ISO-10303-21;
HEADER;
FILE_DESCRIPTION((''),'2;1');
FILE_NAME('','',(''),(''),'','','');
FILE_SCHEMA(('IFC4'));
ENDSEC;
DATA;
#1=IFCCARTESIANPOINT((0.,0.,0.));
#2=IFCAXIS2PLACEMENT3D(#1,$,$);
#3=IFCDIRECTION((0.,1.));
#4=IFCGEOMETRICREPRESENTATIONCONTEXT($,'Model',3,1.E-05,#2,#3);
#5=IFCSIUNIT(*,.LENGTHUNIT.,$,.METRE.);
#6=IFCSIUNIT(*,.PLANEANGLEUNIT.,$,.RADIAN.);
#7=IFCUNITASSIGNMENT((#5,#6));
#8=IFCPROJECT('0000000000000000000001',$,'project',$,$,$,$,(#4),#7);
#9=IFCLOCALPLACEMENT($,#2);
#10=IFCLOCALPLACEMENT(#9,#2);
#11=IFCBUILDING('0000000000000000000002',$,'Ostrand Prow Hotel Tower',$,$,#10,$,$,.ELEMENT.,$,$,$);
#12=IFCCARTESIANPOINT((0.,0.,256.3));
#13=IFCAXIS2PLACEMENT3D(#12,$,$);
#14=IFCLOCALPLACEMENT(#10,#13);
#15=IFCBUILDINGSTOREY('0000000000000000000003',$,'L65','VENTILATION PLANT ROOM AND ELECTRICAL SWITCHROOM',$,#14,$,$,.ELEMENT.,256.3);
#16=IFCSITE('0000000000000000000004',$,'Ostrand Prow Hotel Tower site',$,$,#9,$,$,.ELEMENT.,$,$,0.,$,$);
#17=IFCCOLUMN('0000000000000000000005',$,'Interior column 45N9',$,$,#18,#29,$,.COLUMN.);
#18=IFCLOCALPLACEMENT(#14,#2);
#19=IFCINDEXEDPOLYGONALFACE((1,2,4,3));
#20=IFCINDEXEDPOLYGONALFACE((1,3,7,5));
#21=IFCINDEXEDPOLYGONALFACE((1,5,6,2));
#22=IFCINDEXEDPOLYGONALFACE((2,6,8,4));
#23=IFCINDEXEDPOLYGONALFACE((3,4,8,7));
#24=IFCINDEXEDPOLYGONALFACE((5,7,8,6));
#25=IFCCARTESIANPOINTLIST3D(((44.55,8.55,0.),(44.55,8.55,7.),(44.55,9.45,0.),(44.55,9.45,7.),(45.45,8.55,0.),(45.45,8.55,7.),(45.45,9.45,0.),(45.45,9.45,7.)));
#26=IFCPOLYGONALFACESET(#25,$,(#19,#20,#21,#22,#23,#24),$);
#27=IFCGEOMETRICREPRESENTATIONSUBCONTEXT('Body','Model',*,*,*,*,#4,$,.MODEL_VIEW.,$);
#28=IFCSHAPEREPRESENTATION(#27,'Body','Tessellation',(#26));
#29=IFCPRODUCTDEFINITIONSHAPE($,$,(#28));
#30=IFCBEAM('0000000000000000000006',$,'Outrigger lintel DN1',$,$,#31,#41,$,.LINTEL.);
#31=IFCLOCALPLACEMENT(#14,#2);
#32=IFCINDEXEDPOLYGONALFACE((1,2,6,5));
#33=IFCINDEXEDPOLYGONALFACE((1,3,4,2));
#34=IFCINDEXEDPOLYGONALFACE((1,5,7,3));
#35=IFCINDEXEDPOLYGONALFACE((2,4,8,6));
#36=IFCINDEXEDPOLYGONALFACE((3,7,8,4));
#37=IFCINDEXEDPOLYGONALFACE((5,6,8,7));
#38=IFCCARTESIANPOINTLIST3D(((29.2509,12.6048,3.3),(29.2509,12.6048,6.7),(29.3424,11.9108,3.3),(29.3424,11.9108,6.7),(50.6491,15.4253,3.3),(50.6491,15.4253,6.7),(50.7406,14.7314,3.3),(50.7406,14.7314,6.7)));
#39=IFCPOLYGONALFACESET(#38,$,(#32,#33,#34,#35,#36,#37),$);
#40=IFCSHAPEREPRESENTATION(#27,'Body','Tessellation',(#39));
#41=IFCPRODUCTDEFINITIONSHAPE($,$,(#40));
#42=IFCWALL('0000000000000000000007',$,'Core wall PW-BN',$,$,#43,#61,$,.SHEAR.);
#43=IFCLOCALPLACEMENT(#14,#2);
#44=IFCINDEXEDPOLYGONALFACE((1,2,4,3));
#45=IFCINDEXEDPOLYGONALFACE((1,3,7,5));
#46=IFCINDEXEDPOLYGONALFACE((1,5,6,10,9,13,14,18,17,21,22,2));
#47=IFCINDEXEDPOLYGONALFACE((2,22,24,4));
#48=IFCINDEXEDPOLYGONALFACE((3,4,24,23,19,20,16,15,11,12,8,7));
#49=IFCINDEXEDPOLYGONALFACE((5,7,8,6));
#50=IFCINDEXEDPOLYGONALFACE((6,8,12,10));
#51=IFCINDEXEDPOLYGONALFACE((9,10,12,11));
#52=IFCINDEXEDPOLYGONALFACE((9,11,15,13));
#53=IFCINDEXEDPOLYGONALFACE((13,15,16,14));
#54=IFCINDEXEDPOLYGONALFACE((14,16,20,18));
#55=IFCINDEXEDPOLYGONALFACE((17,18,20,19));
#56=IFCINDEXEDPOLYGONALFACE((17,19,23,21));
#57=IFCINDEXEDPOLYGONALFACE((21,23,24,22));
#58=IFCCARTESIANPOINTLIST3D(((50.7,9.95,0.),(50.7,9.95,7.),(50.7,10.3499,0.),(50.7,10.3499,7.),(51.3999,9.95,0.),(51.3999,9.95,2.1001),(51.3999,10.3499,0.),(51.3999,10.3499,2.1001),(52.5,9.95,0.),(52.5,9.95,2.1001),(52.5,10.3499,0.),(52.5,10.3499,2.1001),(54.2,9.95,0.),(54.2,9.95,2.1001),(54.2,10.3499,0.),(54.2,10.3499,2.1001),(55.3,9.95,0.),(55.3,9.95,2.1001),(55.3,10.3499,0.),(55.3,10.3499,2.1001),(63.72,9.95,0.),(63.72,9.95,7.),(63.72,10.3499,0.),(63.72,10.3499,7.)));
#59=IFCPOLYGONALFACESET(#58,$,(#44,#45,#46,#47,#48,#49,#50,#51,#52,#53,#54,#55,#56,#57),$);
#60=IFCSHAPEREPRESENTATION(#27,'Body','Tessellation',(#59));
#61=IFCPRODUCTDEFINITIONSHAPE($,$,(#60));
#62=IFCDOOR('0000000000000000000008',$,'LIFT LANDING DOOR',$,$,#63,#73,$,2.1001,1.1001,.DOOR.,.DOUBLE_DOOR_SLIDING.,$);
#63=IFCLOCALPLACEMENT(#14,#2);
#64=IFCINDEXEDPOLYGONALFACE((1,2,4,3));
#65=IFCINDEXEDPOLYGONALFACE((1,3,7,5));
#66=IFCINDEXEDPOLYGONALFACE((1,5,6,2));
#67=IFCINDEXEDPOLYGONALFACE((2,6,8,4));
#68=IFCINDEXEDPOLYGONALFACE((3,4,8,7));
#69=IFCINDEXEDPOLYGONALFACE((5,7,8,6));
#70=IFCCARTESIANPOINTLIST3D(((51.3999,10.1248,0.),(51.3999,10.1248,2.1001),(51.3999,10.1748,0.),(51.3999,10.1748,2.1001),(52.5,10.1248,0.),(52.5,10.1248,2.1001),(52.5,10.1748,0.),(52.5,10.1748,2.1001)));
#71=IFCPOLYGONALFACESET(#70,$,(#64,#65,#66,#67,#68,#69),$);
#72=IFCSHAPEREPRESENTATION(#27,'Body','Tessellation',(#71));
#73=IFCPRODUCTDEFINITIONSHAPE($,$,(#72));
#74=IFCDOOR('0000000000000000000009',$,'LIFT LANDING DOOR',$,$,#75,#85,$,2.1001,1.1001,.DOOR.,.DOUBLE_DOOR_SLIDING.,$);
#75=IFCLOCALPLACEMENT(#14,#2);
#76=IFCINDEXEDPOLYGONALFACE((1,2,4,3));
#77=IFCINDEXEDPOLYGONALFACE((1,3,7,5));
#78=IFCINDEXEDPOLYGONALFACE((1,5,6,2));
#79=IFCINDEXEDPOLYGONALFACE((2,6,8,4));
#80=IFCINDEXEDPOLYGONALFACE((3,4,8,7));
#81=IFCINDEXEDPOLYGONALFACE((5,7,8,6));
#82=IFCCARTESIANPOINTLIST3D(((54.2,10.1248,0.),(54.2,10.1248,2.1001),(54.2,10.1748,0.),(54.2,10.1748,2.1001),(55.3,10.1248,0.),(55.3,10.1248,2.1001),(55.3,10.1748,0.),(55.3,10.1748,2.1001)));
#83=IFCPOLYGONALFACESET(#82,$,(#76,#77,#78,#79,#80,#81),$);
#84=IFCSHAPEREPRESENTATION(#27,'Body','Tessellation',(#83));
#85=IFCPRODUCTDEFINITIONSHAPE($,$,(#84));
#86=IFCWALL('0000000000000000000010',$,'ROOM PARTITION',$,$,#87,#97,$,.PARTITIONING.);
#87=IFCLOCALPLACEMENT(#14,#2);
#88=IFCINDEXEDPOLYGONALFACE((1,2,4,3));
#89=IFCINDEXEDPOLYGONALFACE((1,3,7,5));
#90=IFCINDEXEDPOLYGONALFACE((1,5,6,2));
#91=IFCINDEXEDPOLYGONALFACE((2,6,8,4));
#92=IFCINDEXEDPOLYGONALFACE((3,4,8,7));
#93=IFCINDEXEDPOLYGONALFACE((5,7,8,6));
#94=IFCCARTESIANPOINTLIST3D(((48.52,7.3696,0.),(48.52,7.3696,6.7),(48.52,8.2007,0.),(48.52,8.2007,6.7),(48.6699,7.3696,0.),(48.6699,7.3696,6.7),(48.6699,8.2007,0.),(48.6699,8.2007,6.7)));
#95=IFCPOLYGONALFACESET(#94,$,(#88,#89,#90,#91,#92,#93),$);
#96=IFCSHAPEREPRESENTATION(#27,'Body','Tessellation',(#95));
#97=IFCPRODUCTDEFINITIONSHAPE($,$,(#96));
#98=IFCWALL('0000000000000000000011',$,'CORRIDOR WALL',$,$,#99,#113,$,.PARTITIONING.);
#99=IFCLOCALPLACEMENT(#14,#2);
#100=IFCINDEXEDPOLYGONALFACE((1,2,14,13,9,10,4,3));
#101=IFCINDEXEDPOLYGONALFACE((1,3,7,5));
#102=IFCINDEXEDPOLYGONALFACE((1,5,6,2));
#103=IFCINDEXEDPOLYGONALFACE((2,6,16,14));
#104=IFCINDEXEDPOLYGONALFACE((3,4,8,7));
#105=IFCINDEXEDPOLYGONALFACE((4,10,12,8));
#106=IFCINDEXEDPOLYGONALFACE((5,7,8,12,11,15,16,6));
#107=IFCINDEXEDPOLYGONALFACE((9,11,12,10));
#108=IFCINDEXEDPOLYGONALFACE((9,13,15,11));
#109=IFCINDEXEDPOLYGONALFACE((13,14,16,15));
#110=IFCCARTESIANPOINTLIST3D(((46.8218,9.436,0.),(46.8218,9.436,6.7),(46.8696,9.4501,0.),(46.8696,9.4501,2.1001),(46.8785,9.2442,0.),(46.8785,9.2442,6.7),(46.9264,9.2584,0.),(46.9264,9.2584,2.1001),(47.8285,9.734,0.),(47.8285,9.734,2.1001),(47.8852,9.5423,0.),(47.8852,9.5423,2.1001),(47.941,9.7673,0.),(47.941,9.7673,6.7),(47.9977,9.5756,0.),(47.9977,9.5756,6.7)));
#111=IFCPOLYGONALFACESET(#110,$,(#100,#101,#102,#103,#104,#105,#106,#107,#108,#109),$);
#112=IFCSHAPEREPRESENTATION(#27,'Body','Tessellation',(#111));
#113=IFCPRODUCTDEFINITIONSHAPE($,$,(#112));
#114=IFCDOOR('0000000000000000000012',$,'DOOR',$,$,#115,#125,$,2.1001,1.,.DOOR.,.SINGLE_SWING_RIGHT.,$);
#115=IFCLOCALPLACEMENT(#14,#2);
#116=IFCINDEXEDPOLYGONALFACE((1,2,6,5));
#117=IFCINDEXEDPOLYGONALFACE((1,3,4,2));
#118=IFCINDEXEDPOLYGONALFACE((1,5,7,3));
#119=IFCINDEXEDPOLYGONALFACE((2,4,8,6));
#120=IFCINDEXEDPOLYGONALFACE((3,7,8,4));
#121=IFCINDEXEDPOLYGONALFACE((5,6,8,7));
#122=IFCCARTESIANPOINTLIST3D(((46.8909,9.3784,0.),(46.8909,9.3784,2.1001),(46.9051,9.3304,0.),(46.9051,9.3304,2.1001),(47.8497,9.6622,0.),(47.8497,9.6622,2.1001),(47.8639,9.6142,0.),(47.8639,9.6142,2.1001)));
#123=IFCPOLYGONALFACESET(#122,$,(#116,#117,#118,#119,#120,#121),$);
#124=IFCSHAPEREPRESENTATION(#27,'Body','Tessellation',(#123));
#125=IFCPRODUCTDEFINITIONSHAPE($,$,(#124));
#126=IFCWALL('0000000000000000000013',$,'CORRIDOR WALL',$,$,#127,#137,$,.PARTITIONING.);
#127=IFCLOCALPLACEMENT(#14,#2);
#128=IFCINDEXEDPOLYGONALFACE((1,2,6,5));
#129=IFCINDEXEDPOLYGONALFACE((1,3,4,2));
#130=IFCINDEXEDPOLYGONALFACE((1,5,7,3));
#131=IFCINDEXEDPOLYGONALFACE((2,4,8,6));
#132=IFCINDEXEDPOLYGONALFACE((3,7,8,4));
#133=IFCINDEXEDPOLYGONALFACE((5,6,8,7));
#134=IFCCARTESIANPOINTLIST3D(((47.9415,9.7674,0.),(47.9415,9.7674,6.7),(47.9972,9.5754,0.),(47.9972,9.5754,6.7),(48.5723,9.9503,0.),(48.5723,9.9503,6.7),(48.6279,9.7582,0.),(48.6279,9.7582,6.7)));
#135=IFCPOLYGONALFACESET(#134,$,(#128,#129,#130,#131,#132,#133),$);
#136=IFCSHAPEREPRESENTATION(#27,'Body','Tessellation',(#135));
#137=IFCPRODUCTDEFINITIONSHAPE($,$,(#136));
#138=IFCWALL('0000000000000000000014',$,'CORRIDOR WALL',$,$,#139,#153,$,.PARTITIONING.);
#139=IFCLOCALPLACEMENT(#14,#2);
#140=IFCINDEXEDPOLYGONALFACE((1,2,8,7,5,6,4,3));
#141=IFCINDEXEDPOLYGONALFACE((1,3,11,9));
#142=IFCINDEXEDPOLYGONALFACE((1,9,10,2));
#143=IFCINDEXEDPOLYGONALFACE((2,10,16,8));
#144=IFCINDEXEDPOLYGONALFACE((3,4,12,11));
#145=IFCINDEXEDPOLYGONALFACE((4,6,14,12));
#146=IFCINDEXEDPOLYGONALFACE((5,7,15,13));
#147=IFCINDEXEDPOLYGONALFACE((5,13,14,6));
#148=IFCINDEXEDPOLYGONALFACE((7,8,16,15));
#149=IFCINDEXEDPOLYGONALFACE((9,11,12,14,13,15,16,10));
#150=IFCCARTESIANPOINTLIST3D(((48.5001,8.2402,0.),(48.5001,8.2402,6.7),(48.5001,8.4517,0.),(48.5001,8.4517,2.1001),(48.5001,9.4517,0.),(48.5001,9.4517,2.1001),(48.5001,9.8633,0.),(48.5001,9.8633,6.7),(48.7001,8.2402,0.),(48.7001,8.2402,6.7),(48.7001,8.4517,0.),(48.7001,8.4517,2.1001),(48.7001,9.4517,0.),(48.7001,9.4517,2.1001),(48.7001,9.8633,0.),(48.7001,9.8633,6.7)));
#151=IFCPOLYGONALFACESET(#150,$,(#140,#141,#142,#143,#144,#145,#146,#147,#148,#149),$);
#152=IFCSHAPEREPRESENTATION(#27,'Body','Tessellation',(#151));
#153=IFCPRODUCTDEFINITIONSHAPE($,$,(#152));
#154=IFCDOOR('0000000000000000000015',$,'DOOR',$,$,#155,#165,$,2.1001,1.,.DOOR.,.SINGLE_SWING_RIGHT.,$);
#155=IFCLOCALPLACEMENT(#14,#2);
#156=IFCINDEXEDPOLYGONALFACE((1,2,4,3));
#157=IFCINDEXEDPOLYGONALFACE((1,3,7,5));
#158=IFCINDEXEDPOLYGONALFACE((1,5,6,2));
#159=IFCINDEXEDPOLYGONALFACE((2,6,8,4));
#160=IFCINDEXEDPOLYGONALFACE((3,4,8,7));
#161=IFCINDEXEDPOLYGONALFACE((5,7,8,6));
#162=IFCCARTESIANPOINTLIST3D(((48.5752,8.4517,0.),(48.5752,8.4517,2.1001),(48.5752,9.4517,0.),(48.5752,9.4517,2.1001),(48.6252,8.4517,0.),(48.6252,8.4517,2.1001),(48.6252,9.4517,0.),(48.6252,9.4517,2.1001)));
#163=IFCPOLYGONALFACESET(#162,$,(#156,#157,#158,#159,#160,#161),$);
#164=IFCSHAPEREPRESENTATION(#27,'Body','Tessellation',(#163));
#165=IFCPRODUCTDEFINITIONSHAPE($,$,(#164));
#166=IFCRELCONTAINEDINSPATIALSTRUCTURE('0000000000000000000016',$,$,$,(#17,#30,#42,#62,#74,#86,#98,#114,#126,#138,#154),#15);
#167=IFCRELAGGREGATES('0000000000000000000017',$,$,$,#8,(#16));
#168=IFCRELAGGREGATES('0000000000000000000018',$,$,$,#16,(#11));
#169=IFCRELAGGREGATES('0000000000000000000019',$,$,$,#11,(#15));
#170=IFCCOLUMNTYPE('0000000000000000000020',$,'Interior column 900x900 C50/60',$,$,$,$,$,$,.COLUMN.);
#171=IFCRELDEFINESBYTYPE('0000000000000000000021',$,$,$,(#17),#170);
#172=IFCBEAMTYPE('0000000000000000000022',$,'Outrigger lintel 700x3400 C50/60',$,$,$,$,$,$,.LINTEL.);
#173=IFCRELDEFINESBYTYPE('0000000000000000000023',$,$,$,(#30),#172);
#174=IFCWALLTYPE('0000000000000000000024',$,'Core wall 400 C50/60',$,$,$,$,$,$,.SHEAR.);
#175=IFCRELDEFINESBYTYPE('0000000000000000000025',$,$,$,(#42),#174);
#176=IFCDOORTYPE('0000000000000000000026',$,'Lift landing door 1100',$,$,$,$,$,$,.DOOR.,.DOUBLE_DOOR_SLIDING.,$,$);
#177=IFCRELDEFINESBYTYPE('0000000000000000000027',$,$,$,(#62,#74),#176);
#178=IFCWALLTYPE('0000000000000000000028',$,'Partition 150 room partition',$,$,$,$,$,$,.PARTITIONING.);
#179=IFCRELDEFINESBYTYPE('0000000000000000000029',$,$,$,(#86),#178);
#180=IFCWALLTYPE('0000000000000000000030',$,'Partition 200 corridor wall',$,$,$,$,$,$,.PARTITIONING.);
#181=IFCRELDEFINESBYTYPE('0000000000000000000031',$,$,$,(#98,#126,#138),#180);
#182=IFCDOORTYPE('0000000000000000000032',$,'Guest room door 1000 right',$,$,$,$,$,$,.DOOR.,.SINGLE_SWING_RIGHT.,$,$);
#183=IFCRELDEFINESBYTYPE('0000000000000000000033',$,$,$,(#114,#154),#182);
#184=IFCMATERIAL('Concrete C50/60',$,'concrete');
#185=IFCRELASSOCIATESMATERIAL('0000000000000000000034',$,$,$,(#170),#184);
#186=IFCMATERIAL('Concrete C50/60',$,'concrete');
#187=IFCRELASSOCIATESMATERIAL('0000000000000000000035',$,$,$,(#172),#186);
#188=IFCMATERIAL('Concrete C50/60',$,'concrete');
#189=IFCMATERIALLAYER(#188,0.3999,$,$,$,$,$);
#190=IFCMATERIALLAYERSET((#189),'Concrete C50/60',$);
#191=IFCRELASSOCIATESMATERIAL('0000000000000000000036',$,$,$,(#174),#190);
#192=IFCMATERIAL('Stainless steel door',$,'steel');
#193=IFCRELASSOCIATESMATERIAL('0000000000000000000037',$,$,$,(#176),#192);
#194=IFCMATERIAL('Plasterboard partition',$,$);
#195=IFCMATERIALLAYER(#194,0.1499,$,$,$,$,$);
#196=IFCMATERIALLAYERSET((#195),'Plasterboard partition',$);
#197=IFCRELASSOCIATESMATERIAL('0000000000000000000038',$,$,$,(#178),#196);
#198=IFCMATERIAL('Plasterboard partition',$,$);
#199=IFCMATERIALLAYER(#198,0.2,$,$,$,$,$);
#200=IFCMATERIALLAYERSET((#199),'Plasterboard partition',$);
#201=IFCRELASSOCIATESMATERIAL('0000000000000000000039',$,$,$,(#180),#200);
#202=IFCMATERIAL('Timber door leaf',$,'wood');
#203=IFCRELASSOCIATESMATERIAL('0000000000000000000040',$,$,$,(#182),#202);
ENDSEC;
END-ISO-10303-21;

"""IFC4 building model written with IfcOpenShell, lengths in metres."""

from ifc_helpers import new_model, si_unit, direction, frame, frame_2d, origin, origin_2d, place, context, subcontext, project, spatial, rectangle, extrude, material, layer, layer_set, material_profile, profile_set, type_object, element, fill, save


model = new_model("IFC4")

# Units and contexts
model_context = context("Model", 3, precision=1e-05, world=origin(), true_north=direction((0.0, 1.0)))
body_context = subcontext(model_context, "Body", "Model", "MODEL_VIEW")
ifc_project = project(units=[si_unit("LENGTHUNIT", "METRE"), si_unit("PLANEANGLEUNIT", "RADIAN")], contexts=[model_context])

# Site, building, storey
site_placement = place(None, origin())
site = spatial("IfcSite", under=ifc_project, at=site_placement, Name="Ostrand Prow Hotel Tower site", CompositionType="ELEMENT", RefElevation=0.0)
building_placement = place(site_placement, origin())
building = spatial("IfcBuilding", under=site, at=building_placement, Name="Ostrand Prow Hotel Tower", CompositionType="ELEMENT")
storey_placement = place(building_placement, frame((0.0, 0.0, 256.3)))
storey = spatial("IfcBuildingStorey", under=building, at=storey_placement, Name="L65", Description="VENTILATION PLANT ROOM AND ELECTRICAL SWITCHROOM", CompositionType="ELEMENT", Elevation=256.3)

# Column
ifc_material_1 = material(Name="Concrete C50/60", Category="concrete")
ifc_material_profile_1 = material_profile(ifc_material_1, rectangle(XDim=0.8999, YDim=0.8999, at=origin_2d()), Name="RC 900x900")
ifc_profile_set_1 = profile_set([ifc_material_profile_1], Name="Concrete C50/60")
column_type = type_object("IfcColumnType", Name="Interior column 900x900 C50/60", PredefinedType="COLUMN", material=ifc_profile_set_1)
column_placement = place(storey_placement, frame((45.0, 9.0, 0.0), z_axis=(0.0, 0.0, 1.0), x_axis=(1.0, 0.0, 0.0)))
element("IfcColumn", 1, at=column_placement, inside=storey, type_object=column_type, Name="Interior column 45N9", PredefinedType="COLUMN", context=body_context, shape_type="SweptSolid", body=[
    extrude(rectangle(XDim=0.8999, YDim=0.8999, at=origin_2d()), origin(), (0.0, 0.0, 1.0), 7.0),
])

# Beam
ifc_material_2 = material(Name="Concrete C50/60", Category="concrete")
ifc_material_profile_2 = material_profile(ifc_material_2, rectangle(XDim=0.7, YDim=3.3999, at=origin_2d()), Name="RC 700x3400")
ifc_profile_set_2 = profile_set([ifc_material_profile_2], Name="Concrete C50/60")
beam_type = type_object("IfcBeamType", Name="Outrigger lintel 700x3400 C50/60", PredefinedType="LINTEL", material=ifc_profile_set_2)
beam_placement = place(storey_placement, frame((50.6948, 15.0784, 5.0), z_axis=(-0.991424, -0.130682, 0.0), x_axis=(0.130682, -0.991424, 0.0)))
element("IfcBeam", 2, at=beam_placement, inside=storey, type_object=beam_type, Name="Outrigger lintel DN1", PredefinedType="LINTEL", context=body_context, shape_type="SweptSolid", body=[
    extrude(rectangle(XDim=0.7, YDim=3.3999, at=origin_2d()), origin(), (0.0, 0.0, 1.0), 21.5833),
])

# Wall, openings, doors
ifc_material_3 = material(Name="Concrete C50/60", Category="concrete")
ifc_layer_1 = layer(ifc_material_3, 0.3999)
ifc_layer_set_1 = layer_set([ifc_layer_1], Name="Concrete C50/60")
wall_type_1 = type_object("IfcWallType", Name="Core wall 400 C50/60", PredefinedType="SHEAR", material=ifc_layer_set_1)
wall_1_placement = place(storey_placement, frame((50.7, 10.1499, 0.0), z_axis=(0.0, 0.0, 1.0), x_axis=(1.0, 0.0, 0.0)))
wall_1 = element("IfcWall", 3, at=wall_1_placement, inside=storey, type_object=wall_type_1, Name="Core wall PW-BN", PredefinedType="SHEAR", context=body_context, shape_type="SweptSolid", body=[
    extrude(rectangle(XDim=13.02, YDim=0.3999, at=frame_2d((6.51, 0.0))), origin(), (0.0, 0.0, 1.0), 7.0),
])
opening_1_placement = place(wall_1_placement, frame((0.7, 0.0, 0.0)))
opening_1 = element("IfcOpeningElement", 4, at=opening_1_placement, cuts=wall_1, PredefinedType="OPENING", context=body_context, shape_type="SweptSolid", body=[
    extrude(rectangle(XDim=1.1001, YDim=2.1001, at=frame_2d((0.55, 1.05))), frame((0.0, 0.21, 0.0), z_axis=(0.0, -1.0, 0.0), x_axis=(1.0, 0.0, 0.0)), (0.0, 0.0, 1.0), 0.4199),
])
opening_2_placement = place(wall_1_placement, frame((3.5, 0.0, 0.0)))
opening_2 = element("IfcOpeningElement", 5, at=opening_2_placement, cuts=wall_1, PredefinedType="OPENING", context=body_context, shape_type="SweptSolid", body=[
    extrude(rectangle(XDim=1.1001, YDim=2.1001, at=frame_2d((0.55, 1.05))), frame((0.0, 0.21, 0.0), z_axis=(0.0, -1.0, 0.0), x_axis=(1.0, 0.0, 0.0)), (0.0, 0.0, 1.0), 0.4199),
])
ifc_material_4 = material(Name="Stainless steel door", Category="steel")
door_type_1 = type_object("IfcDoorType", Name="Lift landing door 1100", OperationType="DOUBLE_DOOR_SLIDING", PredefinedType="DOOR", material=ifc_material_4)
door_1_placement = place(opening_1_placement, origin())
door_1 = element("IfcDoor", 6, at=door_1_placement, inside=storey, type_object=door_type_1, Name="LIFT LANDING DOOR", OperationType="DOUBLE_DOOR_SLIDING", OverallHeight=2.1001, OverallWidth=1.1001, PredefinedType="DOOR", context=body_context, shape_type="SweptSolid", body=[
    extrude(rectangle(XDim=1.1001, YDim=2.1001, at=frame_2d((0.55, 1.05))), frame((0.0, 0.0249, 0.0), z_axis=(0.0, -1.0, 0.0), x_axis=(1.0, 0.0, 0.0)), (0.0, 0.0, 1.0), 0.05),
])
fill(opening_1, door_1)
door_2_placement = place(opening_2_placement, origin())
door_2 = element("IfcDoor", 7, at=door_2_placement, inside=storey, type_object=door_type_1, Name="LIFT LANDING DOOR", OperationType="DOUBLE_DOOR_SLIDING", OverallHeight=2.1001, OverallWidth=1.1001, PredefinedType="DOOR", context=body_context, shape_type="SweptSolid", body=[
    extrude(rectangle(XDim=1.1001, YDim=2.1001, at=frame_2d((0.55, 1.05))), frame((0.0, 0.0249, 0.0), z_axis=(0.0, -1.0, 0.0), x_axis=(1.0, 0.0, 0.0)), (0.0, 0.0, 1.0), 0.05),
])
fill(opening_2, door_2)

# Wall
ifc_material_5 = material(Name="Plasterboard partition")
ifc_layer_2 = layer(ifc_material_5, 0.1499)
ifc_layer_set_2 = layer_set([ifc_layer_2], Name="Plasterboard partition")
wall_type_2 = type_object("IfcWallType", Name="Partition 150 room partition", PredefinedType="PARTITIONING", material=ifc_layer_set_2)
wall_2_placement = place(storey_placement, frame((48.595, 8.2007, 0.0), z_axis=(0.0, 0.0, 1.0), x_axis=(0.0, -1.0, 0.0)))
element("IfcWall", 8, at=wall_2_placement, inside=storey, type_object=wall_type_2, Name="ROOM PARTITION", PredefinedType="PARTITIONING", context=body_context, shape_type="SweptSolid", body=[
    extrude(rectangle(XDim=0.8311, YDim=0.1499, at=frame_2d((0.4155, 0.0))), origin(), (0.0, 0.0, 1.0), 6.7),
])

# Wall, opening, door
ifc_material_6 = material(Name="Plasterboard partition")
ifc_layer_3 = layer(ifc_material_6, 0.2)
ifc_layer_set_3 = layer_set([ifc_layer_3], Name="Plasterboard partition")
wall_type_3 = type_object("IfcWallType", Name="Partition 200 corridor wall", PredefinedType="PARTITIONING", material=ifc_layer_set_3)
wall_3_placement = place(storey_placement, frame((47.9692, 9.6714, 0.0), z_axis=(0.0, 0.0, 1.0), x_axis=(-0.958868, -0.283853, 0.0)))
wall_3 = element("IfcWall", 9, at=wall_3_placement, inside=storey, type_object=wall_type_3, Name="CORRIDOR WALL", PredefinedType="PARTITIONING", context=body_context, shape_type="SweptSolid", body=[
    extrude(rectangle(XDim=1.1672, YDim=0.2, at=frame_2d((0.5835, 0.0))), origin(), (0.0, 0.0, 1.0), 6.7),
])
opening_3_placement = place(wall_3_placement, frame((0.1172, 0.0, 0.0)))
opening_3 = element("IfcOpeningElement", 10, at=opening_3_placement, cuts=wall_3, PredefinedType="OPENING", context=body_context, shape_type="SweptSolid", body=[
    extrude(rectangle(XDim=1.0, YDim=2.1001, at=frame_2d((0.5, 1.05))), frame((0.0, 0.1099, 0.0), z_axis=(0.0, -1.0, 0.0), x_axis=(1.0, 0.0, 0.0)), (0.0, 0.0, 1.0), 0.22),
])
ifc_material_7 = material(Name="Timber door leaf", Category="wood")
door_type_2 = type_object("IfcDoorType", Name="Guest room door 1000 right", OperationType="SINGLE_SWING_RIGHT", PredefinedType="DOOR", material=ifc_material_7)
door_3_placement = place(opening_3_placement, origin())
door_3 = element("IfcDoor", 11, at=door_3_placement, inside=storey, type_object=door_type_2, Name="DOOR", OperationType="SINGLE_SWING_RIGHT", OverallHeight=2.1001, OverallWidth=1.0, PredefinedType="DOOR", context=body_context, shape_type="SweptSolid", body=[
    extrude(rectangle(XDim=1.0, YDim=2.1001, at=frame_2d((0.5, 1.05))), frame((0.0, 0.0249, 0.0), z_axis=(0.0, -1.0, 0.0), x_axis=(1.0, 0.0, 0.0)), (0.0, 0.0, 1.0), 0.05),
])
fill(opening_3, door_3)

# Wall
wall_4_placement = place(storey_placement, frame((48.6001, 9.8542, 0.0), z_axis=(0.0, 0.0, 1.0), x_axis=(-0.960465, -0.278401, 0.0)))
element("IfcWall", 12, at=wall_4_placement, inside=storey, type_object=wall_type_3, Name="CORRIDOR WALL", PredefinedType="PARTITIONING", context=body_context, shape_type="SweptSolid", body=[
    extrude(rectangle(XDim=0.6567, YDim=0.2, at=frame_2d((0.3284, 0.0))), origin(), (0.0, 0.0, 1.0), 6.7),
])

# Wall, opening, door
wall_5_placement = place(storey_placement, frame((48.6001, 8.2402, 0.0), z_axis=(0.0, 0.0, 1.0), x_axis=(0.0, 1.0, 0.0)))
wall_5 = element("IfcWall", 13, at=wall_5_placement, inside=storey, type_object=wall_type_3, Name="CORRIDOR WALL", PredefinedType="PARTITIONING", context=body_context, shape_type="SweptSolid", body=[
    extrude(rectangle(XDim=1.623, YDim=0.2, at=frame_2d((0.8115, 0.0))), origin(), (0.0, 0.0, 1.0), 6.7),
])
opening_4_placement = place(wall_5_placement, frame((0.2114, 0.0, 0.0)))
opening_4 = element("IfcOpeningElement", 14, at=opening_4_placement, cuts=wall_5, PredefinedType="OPENING", context=body_context, shape_type="SweptSolid", body=[
    extrude(rectangle(XDim=1.0, YDim=2.1001, at=frame_2d((0.5, 1.05))), frame((0.0, 0.1099, 0.0), z_axis=(0.0, -1.0, 0.0), x_axis=(1.0, 0.0, 0.0)), (0.0, 0.0, 1.0), 0.22),
])
door_4_placement = place(opening_4_placement, origin())
door_4 = element("IfcDoor", 15, at=door_4_placement, inside=storey, type_object=door_type_2, Name="DOOR", OperationType="SINGLE_SWING_RIGHT", OverallHeight=2.1001, OverallWidth=1.0, PredefinedType="DOOR", context=body_context, shape_type="SweptSolid", body=[
    extrude(rectangle(XDim=1.0, YDim=2.1001, at=frame_2d((0.5, 1.05))), frame((0.0, 0.0249, 0.0), z_axis=(0.0, -1.0, 0.0), x_axis=(1.0, 0.0, 0.0)), (0.0, 0.0, 1.0), 0.05),
])
fill(opening_4, door_4)

save(model, "model.ifc")
